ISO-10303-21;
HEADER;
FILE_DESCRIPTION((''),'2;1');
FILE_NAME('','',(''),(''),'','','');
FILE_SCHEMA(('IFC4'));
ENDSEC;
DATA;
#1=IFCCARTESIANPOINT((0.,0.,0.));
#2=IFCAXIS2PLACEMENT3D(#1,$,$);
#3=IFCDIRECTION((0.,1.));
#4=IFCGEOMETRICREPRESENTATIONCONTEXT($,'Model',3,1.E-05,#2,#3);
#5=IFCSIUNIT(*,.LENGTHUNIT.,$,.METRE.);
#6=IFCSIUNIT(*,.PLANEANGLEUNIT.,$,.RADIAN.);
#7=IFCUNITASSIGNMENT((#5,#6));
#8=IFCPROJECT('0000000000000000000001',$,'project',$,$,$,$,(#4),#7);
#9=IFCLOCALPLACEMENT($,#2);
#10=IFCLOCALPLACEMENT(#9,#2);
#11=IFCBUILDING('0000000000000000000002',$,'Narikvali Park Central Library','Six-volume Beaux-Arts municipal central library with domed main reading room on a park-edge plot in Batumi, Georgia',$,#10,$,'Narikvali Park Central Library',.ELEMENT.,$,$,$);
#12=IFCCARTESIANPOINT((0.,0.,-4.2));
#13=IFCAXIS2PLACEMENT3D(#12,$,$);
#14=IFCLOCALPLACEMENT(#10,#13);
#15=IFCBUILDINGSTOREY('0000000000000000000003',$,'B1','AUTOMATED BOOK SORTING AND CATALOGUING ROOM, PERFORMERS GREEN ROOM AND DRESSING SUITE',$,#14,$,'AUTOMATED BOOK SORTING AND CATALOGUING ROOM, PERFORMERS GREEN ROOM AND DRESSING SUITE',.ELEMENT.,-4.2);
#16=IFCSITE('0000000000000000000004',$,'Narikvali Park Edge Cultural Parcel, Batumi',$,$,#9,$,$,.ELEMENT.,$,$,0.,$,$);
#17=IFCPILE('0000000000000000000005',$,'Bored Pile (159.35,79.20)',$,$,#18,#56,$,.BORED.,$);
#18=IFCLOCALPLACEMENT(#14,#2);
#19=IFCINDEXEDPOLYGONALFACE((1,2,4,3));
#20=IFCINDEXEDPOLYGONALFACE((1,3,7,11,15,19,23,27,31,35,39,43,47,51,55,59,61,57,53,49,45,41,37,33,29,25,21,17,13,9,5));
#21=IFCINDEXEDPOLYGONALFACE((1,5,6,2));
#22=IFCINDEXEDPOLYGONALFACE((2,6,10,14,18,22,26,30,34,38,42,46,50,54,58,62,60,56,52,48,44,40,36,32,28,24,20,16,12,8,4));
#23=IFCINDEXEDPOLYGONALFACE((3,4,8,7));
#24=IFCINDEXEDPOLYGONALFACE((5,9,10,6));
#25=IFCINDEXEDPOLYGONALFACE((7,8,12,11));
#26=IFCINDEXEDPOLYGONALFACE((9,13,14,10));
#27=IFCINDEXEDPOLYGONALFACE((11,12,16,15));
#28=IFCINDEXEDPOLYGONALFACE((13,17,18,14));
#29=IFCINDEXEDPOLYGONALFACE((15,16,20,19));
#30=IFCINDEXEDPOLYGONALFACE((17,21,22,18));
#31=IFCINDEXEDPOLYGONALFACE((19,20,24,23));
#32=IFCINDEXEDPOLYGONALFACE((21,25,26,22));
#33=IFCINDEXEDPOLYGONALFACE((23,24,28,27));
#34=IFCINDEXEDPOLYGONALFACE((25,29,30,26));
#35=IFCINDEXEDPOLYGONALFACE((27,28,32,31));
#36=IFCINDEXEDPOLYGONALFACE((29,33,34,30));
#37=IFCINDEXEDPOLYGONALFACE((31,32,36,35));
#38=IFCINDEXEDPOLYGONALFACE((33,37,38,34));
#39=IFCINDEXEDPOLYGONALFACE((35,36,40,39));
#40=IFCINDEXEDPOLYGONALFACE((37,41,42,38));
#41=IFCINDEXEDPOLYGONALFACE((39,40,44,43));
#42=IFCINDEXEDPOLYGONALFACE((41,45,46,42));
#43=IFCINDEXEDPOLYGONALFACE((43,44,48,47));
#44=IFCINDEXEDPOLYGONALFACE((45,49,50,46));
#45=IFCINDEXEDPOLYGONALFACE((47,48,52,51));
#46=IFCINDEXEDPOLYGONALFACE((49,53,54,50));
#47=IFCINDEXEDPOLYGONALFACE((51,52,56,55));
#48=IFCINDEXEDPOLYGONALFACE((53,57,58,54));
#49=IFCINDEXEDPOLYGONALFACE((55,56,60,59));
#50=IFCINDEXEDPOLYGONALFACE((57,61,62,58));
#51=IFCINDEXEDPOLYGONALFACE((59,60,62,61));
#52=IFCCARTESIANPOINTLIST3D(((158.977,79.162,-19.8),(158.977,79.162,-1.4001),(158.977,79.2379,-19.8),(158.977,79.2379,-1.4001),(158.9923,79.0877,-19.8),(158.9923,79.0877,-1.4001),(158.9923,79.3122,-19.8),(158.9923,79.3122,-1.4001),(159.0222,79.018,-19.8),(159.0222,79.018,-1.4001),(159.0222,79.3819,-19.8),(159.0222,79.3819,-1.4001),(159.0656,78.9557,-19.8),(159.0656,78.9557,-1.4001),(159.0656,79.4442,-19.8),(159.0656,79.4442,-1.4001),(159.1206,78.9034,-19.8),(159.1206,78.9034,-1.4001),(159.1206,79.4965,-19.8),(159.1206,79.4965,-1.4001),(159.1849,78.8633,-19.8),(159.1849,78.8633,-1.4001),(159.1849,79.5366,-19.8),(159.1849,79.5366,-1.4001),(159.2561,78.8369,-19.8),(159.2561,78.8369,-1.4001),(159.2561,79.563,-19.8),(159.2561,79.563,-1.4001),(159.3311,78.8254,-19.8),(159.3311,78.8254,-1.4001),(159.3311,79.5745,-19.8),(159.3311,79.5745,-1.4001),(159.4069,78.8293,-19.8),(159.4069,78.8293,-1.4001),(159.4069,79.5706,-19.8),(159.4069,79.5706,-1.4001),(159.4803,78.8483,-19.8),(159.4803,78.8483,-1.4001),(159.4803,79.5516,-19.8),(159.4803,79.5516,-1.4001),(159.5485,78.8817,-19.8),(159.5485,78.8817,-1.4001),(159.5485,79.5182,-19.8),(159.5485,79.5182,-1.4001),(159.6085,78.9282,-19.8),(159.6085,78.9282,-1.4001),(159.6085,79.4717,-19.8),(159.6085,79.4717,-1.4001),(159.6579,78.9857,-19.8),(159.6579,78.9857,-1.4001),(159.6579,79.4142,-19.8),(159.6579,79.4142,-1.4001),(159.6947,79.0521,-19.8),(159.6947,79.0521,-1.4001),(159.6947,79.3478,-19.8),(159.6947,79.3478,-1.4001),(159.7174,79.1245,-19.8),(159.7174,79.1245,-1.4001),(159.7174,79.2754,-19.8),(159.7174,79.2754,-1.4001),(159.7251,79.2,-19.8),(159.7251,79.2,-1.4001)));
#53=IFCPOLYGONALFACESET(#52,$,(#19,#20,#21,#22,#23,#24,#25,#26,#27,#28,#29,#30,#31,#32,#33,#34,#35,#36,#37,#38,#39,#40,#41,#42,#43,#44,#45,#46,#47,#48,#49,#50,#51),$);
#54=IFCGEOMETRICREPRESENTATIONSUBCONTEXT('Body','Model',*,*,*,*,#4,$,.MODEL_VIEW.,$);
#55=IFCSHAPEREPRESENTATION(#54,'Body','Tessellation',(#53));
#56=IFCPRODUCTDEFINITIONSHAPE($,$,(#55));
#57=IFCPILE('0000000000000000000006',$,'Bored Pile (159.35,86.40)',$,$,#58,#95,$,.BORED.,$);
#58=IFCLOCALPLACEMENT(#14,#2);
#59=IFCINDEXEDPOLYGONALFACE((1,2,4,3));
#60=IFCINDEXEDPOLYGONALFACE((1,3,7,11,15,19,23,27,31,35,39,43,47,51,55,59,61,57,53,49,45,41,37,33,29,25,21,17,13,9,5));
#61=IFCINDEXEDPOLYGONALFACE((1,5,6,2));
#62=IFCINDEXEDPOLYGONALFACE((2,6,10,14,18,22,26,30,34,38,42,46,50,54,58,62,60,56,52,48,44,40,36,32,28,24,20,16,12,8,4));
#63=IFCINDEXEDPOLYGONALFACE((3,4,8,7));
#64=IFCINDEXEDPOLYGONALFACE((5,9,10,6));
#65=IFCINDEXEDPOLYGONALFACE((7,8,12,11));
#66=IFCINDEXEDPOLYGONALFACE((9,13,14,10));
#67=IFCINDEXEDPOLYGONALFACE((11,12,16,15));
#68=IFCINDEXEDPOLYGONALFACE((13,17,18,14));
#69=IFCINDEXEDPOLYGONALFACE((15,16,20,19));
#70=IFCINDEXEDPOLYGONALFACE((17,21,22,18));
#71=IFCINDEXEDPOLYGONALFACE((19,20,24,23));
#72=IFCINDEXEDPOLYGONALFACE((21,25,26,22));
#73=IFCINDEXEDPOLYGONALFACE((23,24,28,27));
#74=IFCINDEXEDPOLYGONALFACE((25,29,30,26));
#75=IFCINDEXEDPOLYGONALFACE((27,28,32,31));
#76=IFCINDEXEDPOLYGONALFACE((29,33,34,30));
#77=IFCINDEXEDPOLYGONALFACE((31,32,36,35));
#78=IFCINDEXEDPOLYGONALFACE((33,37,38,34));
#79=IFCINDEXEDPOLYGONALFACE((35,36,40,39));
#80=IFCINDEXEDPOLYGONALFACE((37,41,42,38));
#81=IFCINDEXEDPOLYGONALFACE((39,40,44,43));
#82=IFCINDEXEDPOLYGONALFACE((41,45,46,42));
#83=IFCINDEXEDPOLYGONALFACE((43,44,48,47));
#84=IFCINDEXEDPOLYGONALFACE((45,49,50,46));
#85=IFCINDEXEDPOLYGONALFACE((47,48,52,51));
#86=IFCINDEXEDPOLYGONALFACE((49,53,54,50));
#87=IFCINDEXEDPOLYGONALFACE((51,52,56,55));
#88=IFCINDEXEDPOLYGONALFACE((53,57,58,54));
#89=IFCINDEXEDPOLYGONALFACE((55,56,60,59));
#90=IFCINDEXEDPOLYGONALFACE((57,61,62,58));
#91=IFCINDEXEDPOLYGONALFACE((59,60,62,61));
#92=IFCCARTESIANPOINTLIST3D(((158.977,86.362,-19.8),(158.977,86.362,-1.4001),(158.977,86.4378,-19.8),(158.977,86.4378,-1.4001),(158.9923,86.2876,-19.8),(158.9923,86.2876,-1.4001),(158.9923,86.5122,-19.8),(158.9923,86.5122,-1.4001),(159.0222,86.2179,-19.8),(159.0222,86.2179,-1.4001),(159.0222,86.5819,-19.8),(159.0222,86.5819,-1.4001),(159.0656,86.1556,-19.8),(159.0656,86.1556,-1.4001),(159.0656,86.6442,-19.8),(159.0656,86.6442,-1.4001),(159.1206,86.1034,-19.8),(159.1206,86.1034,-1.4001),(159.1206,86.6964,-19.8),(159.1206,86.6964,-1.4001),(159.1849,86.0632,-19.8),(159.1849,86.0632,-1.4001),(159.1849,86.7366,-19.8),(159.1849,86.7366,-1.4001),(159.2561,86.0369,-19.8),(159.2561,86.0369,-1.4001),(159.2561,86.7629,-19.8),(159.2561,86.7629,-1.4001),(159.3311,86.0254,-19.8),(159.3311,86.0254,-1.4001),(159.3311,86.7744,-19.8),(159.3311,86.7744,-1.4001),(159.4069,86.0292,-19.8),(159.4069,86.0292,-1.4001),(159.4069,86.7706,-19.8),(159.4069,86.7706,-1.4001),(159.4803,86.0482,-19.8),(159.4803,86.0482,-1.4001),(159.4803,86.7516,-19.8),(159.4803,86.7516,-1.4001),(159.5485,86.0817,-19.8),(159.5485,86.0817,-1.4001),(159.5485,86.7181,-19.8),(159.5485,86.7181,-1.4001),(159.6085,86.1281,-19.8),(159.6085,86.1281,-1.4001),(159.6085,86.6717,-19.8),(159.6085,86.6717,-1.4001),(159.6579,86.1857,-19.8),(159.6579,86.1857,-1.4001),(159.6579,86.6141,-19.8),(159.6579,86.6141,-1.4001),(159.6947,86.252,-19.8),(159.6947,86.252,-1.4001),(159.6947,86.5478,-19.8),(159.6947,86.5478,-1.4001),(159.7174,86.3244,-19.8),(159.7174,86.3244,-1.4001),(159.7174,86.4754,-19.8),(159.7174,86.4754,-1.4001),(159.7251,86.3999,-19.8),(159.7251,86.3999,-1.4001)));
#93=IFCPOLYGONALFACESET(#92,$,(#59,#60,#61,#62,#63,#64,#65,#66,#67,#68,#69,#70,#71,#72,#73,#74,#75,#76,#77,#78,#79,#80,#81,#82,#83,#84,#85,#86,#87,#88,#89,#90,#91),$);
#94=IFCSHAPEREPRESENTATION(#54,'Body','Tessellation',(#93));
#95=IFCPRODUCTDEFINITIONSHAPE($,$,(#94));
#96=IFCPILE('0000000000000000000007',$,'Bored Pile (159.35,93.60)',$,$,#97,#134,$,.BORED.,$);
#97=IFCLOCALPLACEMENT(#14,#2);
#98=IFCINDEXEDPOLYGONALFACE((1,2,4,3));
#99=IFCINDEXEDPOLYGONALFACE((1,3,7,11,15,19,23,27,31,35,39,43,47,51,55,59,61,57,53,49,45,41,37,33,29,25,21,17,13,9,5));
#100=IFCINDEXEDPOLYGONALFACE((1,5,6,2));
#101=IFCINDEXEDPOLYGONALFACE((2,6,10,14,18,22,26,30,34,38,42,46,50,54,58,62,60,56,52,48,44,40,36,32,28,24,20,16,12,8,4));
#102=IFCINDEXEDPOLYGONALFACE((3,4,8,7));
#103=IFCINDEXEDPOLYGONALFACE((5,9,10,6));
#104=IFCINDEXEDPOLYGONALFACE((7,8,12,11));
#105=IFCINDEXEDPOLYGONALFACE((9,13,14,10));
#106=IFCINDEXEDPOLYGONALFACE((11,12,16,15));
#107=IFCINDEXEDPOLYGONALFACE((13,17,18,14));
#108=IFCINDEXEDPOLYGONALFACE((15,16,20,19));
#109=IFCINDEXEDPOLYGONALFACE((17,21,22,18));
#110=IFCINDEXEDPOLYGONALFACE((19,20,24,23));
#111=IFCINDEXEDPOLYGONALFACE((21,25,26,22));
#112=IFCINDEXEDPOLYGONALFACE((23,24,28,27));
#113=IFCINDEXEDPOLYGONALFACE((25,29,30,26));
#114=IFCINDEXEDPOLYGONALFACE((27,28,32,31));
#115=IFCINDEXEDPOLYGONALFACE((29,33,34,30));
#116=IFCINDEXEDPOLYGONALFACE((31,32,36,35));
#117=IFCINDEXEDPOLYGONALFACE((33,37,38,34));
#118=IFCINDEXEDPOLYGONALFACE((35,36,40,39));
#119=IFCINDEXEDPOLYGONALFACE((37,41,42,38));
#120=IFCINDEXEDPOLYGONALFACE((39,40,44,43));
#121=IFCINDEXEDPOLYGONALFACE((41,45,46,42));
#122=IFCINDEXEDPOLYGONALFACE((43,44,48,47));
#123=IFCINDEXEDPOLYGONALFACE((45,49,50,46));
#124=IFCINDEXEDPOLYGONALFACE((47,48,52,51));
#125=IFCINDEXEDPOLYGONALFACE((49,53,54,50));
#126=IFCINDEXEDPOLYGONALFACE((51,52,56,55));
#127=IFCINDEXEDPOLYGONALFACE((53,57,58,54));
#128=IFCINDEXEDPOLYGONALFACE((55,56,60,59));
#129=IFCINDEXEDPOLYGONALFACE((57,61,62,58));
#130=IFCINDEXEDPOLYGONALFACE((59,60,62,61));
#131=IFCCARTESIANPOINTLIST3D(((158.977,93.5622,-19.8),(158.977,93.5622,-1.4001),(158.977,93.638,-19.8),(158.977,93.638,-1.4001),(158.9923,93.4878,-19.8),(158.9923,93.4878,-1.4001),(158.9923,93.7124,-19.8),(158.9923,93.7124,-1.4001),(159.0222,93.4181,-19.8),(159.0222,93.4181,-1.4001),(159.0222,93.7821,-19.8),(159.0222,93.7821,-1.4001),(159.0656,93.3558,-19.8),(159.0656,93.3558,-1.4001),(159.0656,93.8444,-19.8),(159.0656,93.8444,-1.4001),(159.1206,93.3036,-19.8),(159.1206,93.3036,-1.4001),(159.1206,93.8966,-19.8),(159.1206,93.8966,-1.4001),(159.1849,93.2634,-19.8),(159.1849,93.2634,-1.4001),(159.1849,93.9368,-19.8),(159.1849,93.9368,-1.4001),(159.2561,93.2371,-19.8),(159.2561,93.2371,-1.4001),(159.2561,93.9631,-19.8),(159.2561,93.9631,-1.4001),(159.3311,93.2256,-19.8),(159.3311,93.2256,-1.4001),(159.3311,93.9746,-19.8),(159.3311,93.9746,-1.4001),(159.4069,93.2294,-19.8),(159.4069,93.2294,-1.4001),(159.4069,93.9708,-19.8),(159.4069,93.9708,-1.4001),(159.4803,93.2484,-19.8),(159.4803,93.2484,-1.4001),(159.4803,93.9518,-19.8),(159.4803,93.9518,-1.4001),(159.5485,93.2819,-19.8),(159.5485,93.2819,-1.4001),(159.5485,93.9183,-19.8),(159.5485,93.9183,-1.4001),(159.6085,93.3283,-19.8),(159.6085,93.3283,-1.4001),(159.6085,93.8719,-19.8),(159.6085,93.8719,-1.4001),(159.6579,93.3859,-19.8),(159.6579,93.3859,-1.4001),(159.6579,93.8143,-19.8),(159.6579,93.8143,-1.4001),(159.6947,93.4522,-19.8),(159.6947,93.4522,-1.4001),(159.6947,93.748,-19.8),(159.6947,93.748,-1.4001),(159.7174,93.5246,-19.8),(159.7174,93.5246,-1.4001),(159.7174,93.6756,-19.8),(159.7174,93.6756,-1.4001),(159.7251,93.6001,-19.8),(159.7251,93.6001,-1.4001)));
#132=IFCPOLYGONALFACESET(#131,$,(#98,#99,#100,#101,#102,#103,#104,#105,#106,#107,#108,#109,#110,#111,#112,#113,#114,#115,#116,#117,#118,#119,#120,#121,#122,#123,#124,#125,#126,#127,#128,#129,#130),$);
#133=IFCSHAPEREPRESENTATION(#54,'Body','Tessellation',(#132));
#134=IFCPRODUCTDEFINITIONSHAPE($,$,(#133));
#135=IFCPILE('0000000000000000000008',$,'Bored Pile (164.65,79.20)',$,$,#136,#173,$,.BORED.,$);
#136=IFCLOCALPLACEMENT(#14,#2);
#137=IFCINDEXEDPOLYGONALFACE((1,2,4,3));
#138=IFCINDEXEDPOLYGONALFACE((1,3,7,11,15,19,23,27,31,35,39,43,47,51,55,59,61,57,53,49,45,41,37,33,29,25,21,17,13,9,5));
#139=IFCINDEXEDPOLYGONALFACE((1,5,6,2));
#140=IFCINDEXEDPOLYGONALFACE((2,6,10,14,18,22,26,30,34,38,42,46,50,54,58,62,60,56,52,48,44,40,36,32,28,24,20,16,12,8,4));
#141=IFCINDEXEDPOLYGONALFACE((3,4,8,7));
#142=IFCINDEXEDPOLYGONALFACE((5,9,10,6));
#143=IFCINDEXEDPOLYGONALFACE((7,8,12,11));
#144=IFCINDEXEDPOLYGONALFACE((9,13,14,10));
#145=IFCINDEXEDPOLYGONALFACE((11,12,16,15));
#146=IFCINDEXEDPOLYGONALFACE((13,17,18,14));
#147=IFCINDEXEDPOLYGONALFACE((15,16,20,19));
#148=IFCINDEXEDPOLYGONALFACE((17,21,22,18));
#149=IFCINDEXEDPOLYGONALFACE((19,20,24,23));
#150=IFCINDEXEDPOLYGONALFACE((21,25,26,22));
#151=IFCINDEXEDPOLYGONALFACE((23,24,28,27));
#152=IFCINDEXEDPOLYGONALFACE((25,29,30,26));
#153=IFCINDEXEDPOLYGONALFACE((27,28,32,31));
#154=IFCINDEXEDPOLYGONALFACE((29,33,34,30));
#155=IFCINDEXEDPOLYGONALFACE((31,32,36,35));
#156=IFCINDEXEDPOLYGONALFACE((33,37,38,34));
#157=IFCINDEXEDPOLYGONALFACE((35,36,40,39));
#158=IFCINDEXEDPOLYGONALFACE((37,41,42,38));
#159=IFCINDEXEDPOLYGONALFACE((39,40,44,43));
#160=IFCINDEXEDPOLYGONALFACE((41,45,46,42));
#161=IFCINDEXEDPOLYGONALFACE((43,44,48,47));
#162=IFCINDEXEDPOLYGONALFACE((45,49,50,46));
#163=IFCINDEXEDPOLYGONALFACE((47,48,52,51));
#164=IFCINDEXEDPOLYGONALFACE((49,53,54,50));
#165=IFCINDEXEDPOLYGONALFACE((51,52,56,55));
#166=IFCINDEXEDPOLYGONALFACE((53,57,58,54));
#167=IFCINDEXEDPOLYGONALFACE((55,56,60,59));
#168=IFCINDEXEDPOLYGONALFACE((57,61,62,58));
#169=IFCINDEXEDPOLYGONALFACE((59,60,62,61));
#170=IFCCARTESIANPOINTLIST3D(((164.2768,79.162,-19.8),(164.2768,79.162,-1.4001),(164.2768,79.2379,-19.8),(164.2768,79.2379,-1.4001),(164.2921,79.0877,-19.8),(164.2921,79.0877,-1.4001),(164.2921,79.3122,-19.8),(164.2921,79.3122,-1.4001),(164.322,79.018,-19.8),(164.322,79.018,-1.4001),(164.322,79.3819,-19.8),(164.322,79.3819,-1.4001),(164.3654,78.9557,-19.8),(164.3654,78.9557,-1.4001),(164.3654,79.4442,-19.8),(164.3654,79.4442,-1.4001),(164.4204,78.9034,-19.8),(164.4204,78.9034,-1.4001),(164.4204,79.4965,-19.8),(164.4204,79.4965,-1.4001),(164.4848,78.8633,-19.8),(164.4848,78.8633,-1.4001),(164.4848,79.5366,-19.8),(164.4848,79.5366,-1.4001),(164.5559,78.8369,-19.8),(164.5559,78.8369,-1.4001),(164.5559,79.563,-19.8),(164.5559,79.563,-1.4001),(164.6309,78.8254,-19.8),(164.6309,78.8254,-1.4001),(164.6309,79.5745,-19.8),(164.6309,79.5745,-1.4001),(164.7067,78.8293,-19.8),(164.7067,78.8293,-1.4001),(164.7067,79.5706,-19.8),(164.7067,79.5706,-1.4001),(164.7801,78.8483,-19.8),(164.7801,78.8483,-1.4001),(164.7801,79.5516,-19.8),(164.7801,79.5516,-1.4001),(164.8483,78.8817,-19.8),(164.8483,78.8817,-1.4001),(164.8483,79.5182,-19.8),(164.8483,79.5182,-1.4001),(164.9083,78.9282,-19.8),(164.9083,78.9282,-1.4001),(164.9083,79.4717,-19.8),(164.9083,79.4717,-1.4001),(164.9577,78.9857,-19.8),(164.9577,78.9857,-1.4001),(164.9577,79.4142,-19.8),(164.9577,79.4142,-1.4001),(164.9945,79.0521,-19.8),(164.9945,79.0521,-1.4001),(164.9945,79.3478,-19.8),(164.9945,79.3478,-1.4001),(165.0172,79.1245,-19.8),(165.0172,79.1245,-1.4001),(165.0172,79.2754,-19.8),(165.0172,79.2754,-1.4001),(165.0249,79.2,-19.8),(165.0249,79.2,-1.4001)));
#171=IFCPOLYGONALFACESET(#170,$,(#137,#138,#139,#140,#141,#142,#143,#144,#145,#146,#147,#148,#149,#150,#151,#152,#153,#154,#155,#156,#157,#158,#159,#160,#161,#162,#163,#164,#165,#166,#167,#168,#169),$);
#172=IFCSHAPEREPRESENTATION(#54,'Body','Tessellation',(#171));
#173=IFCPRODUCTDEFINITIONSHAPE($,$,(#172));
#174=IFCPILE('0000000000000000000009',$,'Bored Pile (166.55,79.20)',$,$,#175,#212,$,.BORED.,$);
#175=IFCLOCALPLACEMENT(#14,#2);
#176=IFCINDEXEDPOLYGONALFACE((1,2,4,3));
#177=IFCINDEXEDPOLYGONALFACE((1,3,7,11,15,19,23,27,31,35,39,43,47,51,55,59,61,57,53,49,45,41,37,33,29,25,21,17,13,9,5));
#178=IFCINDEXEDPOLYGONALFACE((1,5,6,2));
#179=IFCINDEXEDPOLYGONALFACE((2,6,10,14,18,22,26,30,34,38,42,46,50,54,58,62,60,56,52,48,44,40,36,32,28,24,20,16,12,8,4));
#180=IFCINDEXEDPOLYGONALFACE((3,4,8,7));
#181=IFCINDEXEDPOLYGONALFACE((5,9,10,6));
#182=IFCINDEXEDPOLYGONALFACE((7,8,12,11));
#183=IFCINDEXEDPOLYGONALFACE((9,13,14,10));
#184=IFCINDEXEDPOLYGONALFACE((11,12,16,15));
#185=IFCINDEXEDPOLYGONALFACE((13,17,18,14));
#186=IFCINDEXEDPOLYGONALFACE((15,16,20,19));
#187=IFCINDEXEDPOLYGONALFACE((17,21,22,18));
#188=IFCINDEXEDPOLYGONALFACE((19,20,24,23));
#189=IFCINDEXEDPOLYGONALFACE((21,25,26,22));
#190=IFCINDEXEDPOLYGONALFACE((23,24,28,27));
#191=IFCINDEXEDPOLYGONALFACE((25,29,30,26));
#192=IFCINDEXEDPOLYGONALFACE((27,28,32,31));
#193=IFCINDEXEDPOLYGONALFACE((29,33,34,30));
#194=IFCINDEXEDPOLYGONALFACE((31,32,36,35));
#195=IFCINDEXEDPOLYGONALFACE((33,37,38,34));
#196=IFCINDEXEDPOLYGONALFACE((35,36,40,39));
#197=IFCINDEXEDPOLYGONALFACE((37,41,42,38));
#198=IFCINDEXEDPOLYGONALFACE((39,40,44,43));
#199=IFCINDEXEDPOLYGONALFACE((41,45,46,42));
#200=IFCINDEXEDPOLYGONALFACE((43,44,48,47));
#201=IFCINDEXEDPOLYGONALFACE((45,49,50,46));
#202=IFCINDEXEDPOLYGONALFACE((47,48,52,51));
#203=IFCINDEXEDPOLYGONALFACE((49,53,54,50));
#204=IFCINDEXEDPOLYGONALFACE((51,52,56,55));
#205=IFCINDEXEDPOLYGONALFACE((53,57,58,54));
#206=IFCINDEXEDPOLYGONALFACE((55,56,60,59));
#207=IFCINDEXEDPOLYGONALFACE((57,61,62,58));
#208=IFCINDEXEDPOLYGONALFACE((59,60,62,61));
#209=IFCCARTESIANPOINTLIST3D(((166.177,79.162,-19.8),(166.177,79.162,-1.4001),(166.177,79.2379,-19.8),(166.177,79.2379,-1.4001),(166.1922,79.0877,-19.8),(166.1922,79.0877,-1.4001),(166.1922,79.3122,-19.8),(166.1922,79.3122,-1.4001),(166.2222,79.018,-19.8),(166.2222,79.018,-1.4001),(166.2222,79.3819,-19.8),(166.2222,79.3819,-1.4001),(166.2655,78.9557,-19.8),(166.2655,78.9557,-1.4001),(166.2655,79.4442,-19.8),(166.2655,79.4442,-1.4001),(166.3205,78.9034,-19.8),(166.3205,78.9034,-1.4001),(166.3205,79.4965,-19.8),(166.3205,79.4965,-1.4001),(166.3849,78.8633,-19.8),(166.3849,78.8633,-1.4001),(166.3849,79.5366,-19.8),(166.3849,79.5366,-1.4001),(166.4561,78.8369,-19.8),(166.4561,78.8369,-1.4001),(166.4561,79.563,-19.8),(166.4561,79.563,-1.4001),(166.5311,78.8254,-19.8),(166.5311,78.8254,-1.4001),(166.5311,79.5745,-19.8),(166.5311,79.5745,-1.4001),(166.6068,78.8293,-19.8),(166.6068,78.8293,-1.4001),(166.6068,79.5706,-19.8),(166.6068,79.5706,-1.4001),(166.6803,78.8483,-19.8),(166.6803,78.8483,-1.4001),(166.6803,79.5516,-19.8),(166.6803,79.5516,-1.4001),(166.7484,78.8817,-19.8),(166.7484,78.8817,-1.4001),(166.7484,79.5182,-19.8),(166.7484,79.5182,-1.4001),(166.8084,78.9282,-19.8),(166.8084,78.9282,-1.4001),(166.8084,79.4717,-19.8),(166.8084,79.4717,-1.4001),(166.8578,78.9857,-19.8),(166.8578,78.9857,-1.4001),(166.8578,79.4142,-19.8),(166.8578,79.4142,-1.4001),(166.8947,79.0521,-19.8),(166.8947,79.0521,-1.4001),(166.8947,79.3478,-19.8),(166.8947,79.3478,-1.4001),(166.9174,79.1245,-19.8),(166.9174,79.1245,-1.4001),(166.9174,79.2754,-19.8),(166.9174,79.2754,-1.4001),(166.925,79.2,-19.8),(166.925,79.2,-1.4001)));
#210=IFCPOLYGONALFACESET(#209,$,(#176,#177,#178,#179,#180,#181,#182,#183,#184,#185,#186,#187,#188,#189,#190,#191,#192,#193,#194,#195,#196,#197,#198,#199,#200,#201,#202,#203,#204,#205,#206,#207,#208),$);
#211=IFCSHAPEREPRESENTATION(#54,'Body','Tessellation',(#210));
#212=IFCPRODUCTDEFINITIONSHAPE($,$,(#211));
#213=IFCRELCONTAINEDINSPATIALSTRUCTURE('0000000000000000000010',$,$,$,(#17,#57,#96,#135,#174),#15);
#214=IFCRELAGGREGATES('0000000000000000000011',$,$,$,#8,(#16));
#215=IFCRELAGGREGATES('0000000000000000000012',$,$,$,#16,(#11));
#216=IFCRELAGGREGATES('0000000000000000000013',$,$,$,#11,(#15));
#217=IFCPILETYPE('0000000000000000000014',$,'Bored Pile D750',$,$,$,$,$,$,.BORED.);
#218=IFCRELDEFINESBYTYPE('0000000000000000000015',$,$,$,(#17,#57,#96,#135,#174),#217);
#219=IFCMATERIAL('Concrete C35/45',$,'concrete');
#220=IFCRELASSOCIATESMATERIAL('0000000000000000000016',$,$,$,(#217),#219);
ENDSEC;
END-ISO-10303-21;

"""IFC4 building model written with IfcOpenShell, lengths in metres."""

from ifc_helpers import new_model, si_unit, direction, frame, origin, origin_2d, place, context, subcontext, project, spatial, circle, extrude, material, material_profile, profile_set, type_object, element, save


model = new_model("IFC4")

# Units and contexts
model_context = context("Model", 3, precision=1e-05, world=origin(), true_north=direction((0.0, 1.0)))
body_context = subcontext(model_context, "Body", "Model", "MODEL_VIEW")
ifc_project = project(units=[si_unit("LENGTHUNIT", "METRE"), si_unit("PLANEANGLEUNIT", "RADIAN")], contexts=[model_context])

# Site, building, storey
site_placement = place(None, origin())
site = spatial("IfcSite", under=ifc_project, at=site_placement, Name="Narikvali Park Edge Cultural Parcel, Batumi", CompositionType="ELEMENT", RefElevation=0.0)
building_placement = place(site_placement, origin())
building = spatial("IfcBuilding", under=site, at=building_placement, Name="Narikvali Park Central Library", Description="Six-volume Beaux-Arts municipal central library with domed main reading room on a park-edge plot in Batumi, Georgia", LongName="Narikvali Park Central Library", CompositionType="ELEMENT")
storey_placement = place(building_placement, frame((0.0, 0.0, -4.2)))
storey = spatial("IfcBuildingStorey", under=building, at=storey_placement, Name="B1", Description="AUTOMATED BOOK SORTING AND CATALOGUING ROOM, PERFORMERS GREEN ROOM AND DRESSING SUITE", LongName="AUTOMATED BOOK SORTING AND CATALOGUING ROOM, PERFORMERS GREEN ROOM AND DRESSING SUITE", CompositionType="ELEMENT", Elevation=-4.2)

# Piles
ifc_material_1 = material(Name="Concrete C35/45", Category="concrete")
ifc_material_profile_1 = material_profile(ifc_material_1, circle(Radius=0.375, at=origin_2d()), Name="PILE D750")
ifc_profile_set_1 = profile_set([ifc_material_profile_1], Name="Concrete C35/45")
pile_type = type_object("IfcPileType", Name="Bored Pile D750", PredefinedType="BORED", material=ifc_profile_set_1)
for number, where, z_axis, x_axis, name in (
    (1, (159.3501, 79.2, -1.4001), (0.0, 0.0, -1.0), (1.0, 0.0, 0.0), "Bored Pile (159.35,79.20)"),
    (2, (159.3501, 86.3999, -1.4001), (0.0, 0.0, -1.0), (1.0, 0.0, 0.0), "Bored Pile (159.35,86.40)"),
    (3, (159.3501, 93.6001, -1.4001), (0.0, 0.0, -1.0), (1.0, 0.0, 0.0), "Bored Pile (159.35,93.60)"),
    (4, (164.6499, 79.2, -1.4001), (0.0, 0.0, -1.0), (1.0, 0.0, 0.0), "Bored Pile (164.65,79.20)"),
    (5, (166.55, 79.2, -1.4001), (0.0, 0.0, -1.0), (1.0, 0.0, 0.0), "Bored Pile (166.55,79.20)"),
):
    element("IfcPile", number, at=place(storey_placement, frame(where, z_axis=z_axis, x_axis=x_axis)), inside=storey, type_object=pile_type, Name=name, PredefinedType="BORED", context=body_context, shape_type="SweptSolid", body=[
        extrude(circle(Radius=0.375, at=origin_2d()), origin(), (0.0, 0.0, 1.0), 18.3999),
    ])

save(model, "model.ifc")
